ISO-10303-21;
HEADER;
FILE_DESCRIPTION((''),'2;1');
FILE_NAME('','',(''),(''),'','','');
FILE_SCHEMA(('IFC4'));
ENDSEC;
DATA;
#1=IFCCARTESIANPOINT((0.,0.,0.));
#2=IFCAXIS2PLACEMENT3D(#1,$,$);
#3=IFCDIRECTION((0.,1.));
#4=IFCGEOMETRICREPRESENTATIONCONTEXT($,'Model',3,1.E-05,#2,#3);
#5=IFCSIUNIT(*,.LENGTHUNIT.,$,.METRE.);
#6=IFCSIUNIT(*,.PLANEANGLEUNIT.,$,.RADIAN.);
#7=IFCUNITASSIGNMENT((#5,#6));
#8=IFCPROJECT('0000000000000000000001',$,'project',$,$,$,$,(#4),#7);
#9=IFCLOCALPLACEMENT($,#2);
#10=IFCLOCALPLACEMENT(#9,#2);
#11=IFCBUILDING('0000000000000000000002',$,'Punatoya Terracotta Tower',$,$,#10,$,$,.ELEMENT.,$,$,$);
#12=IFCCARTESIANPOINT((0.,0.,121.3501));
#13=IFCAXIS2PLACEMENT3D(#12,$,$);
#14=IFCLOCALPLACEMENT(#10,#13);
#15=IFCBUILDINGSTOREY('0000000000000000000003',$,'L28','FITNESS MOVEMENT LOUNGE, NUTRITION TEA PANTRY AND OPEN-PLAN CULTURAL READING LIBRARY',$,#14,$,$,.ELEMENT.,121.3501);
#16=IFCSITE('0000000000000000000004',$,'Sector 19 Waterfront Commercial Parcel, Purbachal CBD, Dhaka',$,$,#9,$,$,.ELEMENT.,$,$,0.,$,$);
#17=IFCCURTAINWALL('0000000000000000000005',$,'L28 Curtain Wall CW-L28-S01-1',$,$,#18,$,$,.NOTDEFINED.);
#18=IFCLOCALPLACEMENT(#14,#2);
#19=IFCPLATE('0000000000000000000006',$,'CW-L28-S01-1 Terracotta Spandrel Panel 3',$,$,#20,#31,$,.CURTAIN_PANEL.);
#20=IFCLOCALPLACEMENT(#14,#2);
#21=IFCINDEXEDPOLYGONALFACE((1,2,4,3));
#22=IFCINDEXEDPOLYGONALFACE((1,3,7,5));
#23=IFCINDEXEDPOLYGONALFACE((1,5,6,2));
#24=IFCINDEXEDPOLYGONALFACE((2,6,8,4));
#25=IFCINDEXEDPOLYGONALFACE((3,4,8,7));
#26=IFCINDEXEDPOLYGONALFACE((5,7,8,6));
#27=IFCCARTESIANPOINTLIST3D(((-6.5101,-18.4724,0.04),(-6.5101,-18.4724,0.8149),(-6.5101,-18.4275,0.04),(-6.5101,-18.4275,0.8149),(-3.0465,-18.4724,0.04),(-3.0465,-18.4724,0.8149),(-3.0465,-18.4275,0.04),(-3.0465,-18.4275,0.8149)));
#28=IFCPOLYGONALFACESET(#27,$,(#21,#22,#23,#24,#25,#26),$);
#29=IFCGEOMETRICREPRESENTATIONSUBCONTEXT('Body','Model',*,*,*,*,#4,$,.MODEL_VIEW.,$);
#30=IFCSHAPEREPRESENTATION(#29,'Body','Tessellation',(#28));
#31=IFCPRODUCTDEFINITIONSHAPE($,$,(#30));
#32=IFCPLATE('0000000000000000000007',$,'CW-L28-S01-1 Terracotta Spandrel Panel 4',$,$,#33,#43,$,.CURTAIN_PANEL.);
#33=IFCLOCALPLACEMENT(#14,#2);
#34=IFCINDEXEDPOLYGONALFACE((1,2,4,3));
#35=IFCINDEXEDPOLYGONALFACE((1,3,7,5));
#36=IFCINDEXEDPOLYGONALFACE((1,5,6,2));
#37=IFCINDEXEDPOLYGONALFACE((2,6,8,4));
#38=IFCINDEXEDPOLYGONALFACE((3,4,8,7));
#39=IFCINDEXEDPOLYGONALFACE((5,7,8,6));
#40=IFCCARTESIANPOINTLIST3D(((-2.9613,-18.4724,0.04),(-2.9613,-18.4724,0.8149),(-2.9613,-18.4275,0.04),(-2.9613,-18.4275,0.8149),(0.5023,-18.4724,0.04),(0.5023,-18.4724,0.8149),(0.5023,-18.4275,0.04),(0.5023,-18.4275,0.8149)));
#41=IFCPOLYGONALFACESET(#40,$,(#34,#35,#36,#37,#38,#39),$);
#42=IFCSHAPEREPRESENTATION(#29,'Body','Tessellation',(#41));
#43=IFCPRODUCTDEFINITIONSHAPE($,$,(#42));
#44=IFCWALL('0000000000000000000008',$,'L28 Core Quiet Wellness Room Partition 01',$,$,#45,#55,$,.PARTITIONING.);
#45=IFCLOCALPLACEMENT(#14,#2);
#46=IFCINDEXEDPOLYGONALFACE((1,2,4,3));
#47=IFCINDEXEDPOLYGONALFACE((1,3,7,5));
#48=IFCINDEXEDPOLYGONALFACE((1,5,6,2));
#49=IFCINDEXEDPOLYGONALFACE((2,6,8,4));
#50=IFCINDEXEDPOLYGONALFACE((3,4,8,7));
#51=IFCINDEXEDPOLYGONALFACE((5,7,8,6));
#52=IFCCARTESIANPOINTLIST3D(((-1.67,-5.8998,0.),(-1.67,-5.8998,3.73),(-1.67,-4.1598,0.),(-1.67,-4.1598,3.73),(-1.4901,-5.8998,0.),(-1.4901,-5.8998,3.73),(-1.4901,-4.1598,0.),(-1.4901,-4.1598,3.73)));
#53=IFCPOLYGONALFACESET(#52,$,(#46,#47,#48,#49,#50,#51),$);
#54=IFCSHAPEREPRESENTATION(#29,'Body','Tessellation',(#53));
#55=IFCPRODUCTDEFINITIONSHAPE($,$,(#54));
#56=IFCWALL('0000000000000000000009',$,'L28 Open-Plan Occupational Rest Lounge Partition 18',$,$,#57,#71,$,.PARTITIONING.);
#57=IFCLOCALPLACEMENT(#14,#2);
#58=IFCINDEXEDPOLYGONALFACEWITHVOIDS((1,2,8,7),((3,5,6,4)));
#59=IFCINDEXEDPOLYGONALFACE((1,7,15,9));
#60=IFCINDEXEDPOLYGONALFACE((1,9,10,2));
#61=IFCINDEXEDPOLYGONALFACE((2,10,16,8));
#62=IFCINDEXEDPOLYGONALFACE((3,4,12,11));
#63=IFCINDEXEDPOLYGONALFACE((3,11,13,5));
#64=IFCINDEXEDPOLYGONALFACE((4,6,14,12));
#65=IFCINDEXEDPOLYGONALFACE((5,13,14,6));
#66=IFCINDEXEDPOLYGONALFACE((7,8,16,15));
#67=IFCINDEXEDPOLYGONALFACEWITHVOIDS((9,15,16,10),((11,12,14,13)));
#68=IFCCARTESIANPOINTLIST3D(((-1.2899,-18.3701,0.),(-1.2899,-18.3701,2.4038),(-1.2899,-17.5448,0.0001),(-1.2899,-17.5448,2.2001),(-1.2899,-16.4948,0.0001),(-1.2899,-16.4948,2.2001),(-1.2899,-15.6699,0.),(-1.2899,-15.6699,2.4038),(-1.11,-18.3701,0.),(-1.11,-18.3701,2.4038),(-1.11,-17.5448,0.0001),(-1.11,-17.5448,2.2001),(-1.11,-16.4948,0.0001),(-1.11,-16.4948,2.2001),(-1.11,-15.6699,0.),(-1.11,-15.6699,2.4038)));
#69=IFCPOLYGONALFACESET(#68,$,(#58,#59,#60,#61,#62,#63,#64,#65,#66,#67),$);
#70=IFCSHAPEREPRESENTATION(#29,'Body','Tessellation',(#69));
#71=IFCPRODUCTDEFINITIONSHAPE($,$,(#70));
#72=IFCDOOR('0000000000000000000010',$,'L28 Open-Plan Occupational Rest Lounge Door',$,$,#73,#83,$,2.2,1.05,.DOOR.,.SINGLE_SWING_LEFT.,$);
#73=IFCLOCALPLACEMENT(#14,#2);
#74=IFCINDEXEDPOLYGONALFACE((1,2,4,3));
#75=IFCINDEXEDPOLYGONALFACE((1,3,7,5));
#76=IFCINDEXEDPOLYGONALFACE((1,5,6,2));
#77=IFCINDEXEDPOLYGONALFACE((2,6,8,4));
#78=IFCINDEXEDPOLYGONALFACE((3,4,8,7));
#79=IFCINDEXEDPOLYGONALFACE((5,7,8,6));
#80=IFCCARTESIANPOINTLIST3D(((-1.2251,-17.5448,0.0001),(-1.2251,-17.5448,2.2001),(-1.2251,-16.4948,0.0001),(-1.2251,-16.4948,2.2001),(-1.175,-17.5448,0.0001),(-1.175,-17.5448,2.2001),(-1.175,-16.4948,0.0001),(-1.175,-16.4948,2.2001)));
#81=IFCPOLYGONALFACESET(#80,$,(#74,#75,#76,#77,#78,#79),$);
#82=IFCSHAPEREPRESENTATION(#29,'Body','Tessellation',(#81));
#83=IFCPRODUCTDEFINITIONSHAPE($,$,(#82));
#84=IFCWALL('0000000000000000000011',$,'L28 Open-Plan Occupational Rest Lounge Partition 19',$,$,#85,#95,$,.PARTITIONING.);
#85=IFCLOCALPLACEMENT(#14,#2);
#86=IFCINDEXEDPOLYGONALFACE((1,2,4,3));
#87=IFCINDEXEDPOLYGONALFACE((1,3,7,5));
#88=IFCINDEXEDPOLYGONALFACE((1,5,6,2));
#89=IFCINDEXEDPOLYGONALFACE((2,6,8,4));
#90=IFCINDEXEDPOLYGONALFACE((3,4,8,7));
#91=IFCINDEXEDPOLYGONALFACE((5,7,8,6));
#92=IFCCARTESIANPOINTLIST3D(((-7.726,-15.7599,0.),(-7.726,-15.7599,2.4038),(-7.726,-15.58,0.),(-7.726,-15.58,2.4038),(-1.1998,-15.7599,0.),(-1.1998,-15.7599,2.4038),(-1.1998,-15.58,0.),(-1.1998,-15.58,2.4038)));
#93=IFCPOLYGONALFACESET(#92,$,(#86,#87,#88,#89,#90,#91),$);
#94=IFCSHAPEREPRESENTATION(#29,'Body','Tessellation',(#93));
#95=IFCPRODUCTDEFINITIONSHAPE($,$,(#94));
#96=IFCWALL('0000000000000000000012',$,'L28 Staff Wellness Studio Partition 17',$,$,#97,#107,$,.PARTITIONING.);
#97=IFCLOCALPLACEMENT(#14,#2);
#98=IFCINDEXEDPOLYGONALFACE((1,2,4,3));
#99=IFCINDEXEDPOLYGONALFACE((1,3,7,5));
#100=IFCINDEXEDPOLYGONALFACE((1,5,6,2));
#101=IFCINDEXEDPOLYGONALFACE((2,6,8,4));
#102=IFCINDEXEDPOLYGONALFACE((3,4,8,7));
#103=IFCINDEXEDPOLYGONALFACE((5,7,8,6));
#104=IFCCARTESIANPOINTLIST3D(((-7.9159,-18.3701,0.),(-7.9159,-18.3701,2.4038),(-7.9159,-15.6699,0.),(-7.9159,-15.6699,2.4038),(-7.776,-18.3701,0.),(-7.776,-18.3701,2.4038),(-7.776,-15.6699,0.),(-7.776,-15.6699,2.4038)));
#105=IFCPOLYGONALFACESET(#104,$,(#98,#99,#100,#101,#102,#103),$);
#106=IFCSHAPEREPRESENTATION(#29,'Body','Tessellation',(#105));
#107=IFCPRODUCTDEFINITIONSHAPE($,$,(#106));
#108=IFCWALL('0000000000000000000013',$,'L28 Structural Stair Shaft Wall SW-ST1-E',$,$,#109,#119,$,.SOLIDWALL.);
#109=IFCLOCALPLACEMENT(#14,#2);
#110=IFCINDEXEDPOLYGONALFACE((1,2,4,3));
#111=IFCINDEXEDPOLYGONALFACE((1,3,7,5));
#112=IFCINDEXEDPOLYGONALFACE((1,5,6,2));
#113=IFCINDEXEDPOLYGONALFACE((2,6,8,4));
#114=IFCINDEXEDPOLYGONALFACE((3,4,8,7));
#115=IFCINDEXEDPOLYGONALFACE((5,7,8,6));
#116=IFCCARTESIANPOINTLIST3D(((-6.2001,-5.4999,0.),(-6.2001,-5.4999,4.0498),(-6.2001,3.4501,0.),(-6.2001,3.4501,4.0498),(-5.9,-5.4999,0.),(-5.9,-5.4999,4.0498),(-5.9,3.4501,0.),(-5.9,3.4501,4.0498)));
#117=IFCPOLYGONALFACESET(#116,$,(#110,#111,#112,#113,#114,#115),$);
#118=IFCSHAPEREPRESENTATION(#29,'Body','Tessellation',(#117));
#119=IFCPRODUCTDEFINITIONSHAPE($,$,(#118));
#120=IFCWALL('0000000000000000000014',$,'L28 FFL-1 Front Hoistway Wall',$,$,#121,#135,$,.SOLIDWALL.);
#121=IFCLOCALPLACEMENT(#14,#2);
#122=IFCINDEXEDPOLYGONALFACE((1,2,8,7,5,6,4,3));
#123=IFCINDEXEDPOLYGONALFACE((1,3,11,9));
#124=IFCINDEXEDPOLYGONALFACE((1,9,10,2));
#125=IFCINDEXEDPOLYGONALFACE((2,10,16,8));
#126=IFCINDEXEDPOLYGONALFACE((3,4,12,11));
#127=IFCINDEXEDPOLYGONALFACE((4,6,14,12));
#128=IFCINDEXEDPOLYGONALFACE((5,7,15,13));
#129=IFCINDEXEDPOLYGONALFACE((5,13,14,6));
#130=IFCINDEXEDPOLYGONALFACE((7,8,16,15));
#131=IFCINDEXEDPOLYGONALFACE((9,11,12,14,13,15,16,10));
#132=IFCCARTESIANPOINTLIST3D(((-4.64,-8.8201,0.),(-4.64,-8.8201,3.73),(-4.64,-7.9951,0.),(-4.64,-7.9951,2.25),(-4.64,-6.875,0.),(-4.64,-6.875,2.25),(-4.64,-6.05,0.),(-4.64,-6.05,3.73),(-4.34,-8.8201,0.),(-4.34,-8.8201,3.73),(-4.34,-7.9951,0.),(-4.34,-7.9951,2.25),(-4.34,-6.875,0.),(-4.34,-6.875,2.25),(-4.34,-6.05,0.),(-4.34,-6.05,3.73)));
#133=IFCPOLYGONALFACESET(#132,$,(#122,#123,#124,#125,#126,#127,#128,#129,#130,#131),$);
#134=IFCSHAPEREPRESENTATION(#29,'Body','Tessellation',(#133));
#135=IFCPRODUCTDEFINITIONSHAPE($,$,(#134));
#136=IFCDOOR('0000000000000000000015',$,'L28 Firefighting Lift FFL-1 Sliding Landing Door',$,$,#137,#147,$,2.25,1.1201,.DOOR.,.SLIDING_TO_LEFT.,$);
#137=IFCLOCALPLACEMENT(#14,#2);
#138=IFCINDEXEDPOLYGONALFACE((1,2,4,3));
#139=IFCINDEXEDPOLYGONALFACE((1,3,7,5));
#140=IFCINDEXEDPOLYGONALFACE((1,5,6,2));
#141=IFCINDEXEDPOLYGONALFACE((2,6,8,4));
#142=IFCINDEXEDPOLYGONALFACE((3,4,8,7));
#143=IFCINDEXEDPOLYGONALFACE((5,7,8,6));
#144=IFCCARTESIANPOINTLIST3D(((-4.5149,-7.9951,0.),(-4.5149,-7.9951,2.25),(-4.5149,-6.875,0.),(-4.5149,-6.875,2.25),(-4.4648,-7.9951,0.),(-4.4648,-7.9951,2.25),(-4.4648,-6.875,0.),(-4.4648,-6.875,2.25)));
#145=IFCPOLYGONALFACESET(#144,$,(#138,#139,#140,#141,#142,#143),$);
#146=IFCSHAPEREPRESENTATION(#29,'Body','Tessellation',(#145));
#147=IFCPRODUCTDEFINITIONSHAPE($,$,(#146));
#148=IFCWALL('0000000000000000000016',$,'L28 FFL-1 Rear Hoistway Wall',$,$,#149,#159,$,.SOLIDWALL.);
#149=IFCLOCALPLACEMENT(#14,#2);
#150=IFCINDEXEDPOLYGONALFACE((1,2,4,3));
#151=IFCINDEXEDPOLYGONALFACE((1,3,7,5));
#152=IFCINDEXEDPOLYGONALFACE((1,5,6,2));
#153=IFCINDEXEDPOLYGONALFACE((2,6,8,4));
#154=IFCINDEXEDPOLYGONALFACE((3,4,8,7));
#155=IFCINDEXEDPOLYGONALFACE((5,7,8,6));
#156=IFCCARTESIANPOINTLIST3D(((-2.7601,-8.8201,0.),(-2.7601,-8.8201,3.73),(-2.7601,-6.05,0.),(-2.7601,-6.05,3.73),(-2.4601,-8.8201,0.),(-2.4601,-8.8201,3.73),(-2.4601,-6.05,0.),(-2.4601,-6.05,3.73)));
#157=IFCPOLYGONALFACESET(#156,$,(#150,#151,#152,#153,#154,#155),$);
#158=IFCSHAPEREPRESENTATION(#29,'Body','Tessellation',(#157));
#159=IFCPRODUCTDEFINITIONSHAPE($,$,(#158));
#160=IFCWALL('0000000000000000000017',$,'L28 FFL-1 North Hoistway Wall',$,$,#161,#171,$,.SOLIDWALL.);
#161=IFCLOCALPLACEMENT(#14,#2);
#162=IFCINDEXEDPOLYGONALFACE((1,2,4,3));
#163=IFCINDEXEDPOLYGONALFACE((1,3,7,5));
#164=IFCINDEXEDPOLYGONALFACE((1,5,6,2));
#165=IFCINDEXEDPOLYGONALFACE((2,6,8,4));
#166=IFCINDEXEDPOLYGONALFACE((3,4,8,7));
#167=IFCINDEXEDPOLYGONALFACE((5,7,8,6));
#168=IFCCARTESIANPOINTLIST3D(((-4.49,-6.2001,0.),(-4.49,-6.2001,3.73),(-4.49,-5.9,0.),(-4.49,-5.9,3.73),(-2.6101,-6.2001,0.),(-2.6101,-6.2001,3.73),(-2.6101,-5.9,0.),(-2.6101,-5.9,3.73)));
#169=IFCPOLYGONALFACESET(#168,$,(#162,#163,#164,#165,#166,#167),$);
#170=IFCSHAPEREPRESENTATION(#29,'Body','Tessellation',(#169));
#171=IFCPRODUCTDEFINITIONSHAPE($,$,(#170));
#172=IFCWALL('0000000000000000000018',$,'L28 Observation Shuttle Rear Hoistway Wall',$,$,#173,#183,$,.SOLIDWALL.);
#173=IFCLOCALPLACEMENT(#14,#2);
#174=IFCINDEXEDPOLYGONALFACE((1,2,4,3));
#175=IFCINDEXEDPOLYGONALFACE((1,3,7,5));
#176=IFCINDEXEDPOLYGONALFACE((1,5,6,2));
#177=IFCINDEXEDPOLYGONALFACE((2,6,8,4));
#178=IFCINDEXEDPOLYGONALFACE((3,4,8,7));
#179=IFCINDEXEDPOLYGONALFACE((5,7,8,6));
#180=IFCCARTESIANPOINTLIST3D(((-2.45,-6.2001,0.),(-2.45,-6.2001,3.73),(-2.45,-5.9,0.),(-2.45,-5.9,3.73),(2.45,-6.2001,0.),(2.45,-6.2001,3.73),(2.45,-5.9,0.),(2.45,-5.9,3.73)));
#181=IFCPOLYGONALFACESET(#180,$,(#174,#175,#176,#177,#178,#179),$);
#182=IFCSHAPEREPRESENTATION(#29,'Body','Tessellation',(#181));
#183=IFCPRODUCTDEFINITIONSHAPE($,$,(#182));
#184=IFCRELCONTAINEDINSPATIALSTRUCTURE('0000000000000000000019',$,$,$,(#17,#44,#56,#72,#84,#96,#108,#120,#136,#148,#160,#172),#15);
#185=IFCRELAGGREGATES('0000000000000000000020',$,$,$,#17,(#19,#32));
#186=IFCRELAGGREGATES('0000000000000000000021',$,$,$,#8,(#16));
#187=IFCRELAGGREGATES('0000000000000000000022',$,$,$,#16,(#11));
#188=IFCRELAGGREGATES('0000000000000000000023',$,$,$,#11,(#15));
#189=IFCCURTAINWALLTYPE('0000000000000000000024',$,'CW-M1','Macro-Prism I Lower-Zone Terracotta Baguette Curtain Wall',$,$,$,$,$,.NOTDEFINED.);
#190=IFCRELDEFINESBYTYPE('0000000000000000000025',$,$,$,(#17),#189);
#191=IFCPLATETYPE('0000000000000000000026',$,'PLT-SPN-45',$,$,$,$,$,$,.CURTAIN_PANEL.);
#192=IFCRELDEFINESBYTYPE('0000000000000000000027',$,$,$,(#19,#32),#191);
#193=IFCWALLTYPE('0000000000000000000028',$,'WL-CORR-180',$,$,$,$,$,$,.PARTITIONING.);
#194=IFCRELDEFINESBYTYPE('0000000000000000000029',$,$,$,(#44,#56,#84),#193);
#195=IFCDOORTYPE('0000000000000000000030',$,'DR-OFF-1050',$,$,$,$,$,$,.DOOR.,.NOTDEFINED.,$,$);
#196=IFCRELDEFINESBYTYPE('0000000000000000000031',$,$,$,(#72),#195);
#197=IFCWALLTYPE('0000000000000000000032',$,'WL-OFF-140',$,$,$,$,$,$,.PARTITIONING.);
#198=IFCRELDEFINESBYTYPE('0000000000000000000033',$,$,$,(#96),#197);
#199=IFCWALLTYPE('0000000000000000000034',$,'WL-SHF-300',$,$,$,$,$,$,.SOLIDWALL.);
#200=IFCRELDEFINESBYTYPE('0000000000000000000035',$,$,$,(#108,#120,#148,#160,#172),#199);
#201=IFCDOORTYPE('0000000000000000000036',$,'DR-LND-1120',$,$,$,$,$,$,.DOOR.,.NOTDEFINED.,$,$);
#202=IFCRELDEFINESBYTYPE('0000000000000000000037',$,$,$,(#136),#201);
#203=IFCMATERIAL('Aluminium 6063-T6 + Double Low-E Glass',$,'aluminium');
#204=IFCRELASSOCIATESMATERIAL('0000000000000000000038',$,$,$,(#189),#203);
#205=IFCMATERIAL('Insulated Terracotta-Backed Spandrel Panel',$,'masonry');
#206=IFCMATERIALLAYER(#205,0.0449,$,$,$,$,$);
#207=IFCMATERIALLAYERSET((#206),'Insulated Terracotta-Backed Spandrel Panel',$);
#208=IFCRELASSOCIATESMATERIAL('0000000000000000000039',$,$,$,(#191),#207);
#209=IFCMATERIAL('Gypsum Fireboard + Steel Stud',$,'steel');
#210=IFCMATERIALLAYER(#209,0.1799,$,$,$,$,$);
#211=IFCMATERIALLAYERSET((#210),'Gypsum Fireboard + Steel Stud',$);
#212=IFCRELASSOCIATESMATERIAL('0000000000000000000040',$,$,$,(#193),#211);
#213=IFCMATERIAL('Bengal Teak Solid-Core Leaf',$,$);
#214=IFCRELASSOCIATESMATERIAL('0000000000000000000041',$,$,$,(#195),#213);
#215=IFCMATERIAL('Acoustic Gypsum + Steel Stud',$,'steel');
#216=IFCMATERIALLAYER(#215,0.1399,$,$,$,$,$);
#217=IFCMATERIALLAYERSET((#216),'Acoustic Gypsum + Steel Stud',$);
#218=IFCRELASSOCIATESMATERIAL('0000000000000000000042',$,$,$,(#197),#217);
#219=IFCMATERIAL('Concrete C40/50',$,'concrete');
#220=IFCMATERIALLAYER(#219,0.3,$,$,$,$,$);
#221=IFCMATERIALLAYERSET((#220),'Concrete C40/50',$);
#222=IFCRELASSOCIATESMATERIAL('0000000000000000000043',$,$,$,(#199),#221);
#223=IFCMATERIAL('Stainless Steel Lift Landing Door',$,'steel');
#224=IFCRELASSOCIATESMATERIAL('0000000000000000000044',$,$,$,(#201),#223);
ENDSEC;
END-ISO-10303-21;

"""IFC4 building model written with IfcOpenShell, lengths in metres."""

from ifc_helpers import new_model, si_unit, direction, frame, frame_2d, origin, origin_2d, place, context, subcontext, project, spatial, rectangle, extrude, material, layer, layer_set, type_object, element, fill, aggregate, save


model = new_model("IFC4")

# Units and contexts
model_context = context("Model", 3, precision=1e-05, world=origin(), true_north=direction((0.0, 1.0)))
body_context = subcontext(model_context, "Body", "Model", "MODEL_VIEW")
ifc_project = project(units=[si_unit("LENGTHUNIT", "METRE"), si_unit("PLANEANGLEUNIT", "RADIAN")], contexts=[model_context])

# Site, building, storey
site_placement = place(None, origin())
site = spatial("IfcSite", under=ifc_project, at=site_placement, Name="Sector 19 Waterfront Commercial Parcel, Purbachal CBD, Dhaka", CompositionType="ELEMENT", RefElevation=0.0)
building_placement = place(site_placement, origin())
building = spatial("IfcBuilding", under=site, at=building_placement, Name="Punatoya Terracotta Tower", CompositionType="ELEMENT")
storey_placement = place(building_placement, frame((0.0, 0.0, 121.3501)))
storey = spatial("IfcBuildingStorey", under=building, at=storey_placement, Name="L28", Description="FITNESS MOVEMENT LOUNGE, NUTRITION TEA PANTRY AND OPEN-PLAN CULTURAL READING LIBRARY", CompositionType="ELEMENT", Elevation=121.3501)

# Curtain wall, plates
ifc_material_1 = material(Name="Aluminium 6063-T6 + Double Low-E Glass", Category="aluminium")
curtain_wall_type = type_object("IfcCurtainWallType", Name="CW-M1", Description="Macro-Prism I Lower-Zone Terracotta Baguette Curtain Wall", PredefinedType="NOTDEFINED", material=ifc_material_1)
curtain_wall_placement = place(storey_placement, origin())
curtain_wall = element("IfcCurtainWall", 1, at=curtain_wall_placement, inside=storey, type_object=curtain_wall_type, Name="L28 Curtain Wall CW-L28-S01-1", PredefinedType="NOTDEFINED")
ifc_material_2 = material(Name="Insulated Terracotta-Backed Spandrel Panel", Category="masonry")
ifc_layer_1 = layer(ifc_material_2, 0.0449)
ifc_layer_set_1 = layer_set([ifc_layer_1], Name="Insulated Terracotta-Backed Spandrel Panel")
plate_type_1 = type_object("IfcPlateType", Name="PLT-SPN-45", PredefinedType="CURTAIN_PANEL", material=ifc_layer_set_1)
plate_1_placement = place(storey_placement, frame((-4.7783, -18.45, 0.04), z_axis=(0.0, 0.0, 1.0), x_axis=(1.0, 0.0, 0.0)))
plate_1 = element("IfcPlate", 2, at=plate_1_placement, type_object=plate_type_1, Name="CW-L28-S01-1 Terracotta Spandrel Panel 3", PredefinedType="CURTAIN_PANEL", context=body_context, shape_type="SweptSolid", body=[
    extrude(rectangle(XDim=3.4636, YDim=0.0449, at=origin_2d()), origin(), (0.0, 0.0, 1.0), 0.7749),
])
plate_2_placement = place(storey_placement, frame((-1.2295, -18.45, 0.04), z_axis=(0.0, 0.0, 1.0), x_axis=(1.0, 0.0, 0.0)))
plate_2 = element("IfcPlate", 3, at=plate_2_placement, type_object=plate_type_1, Name="CW-L28-S01-1 Terracotta Spandrel Panel 4", PredefinedType="CURTAIN_PANEL", context=body_context, shape_type="SweptSolid", body=[
    extrude(rectangle(XDim=3.4636, YDim=0.0449, at=origin_2d()), origin(), (0.0, 0.0, 1.0), 0.7749),
])
aggregate(curtain_wall, [plate_1, plate_2])

# Wall
ifc_material_3 = material(Name="Gypsum Fireboard + Steel Stud", Category="steel")
ifc_layer_2 = layer(ifc_material_3, 0.1799)
ifc_layer_set_2 = layer_set([ifc_layer_2], Name="Gypsum Fireboard + Steel Stud")
wall_type_1 = type_object("IfcWallType", Name="WL-CORR-180", PredefinedType="PARTITIONING", material=ifc_layer_set_2)
wall_1_placement = place(storey_placement, frame((-1.5801, -5.8999, 0.0), z_axis=(0.0, 0.0, 1.0), x_axis=(0.0, 1.0, 0.0)))
element("IfcWall", 4, at=wall_1_placement, inside=storey, type_object=wall_type_1, Name="L28 Core Quiet Wellness Room Partition 01", PredefinedType="PARTITIONING", context=body_context, shape_type="SweptSolid", body=[
    extrude(rectangle(XDim=1.74, YDim=0.1799, at=frame_2d((0.8701, 0.0))), origin(), (0.0, 0.0, 1.0), 3.73),
])

# Wall, opening, door
wall_2_placement = place(storey_placement, frame((-1.2, -15.6699, 0.0), z_axis=(0.0, 0.0, 1.0), x_axis=(0.0, -1.0, 0.0)))
wall_2 = element("IfcWall", 5, at=wall_2_placement, inside=storey, type_object=wall_type_1, Name="L28 Open-Plan Occupational Rest Lounge Partition 18", PredefinedType="PARTITIONING", context=body_context, shape_type="SweptSolid", body=[
    extrude(rectangle(XDim=2.7002, YDim=0.1799, at=frame_2d((1.3501, 0.0))), origin(), (0.0, 0.0, 1.0), 2.4038),
])
opening_1_placement = place(wall_2_placement, frame((0.825, 0.0, 0.0)))
opening_1 = element("IfcOpeningElement", 6, at=opening_1_placement, cuts=wall_2, PredefinedType="OPENING", context=body_context, shape_type="SweptSolid", body=[
    extrude(rectangle(XDim=1.05, YDim=2.2, at=frame_2d((0.5249, 1.1001))), frame((0.0, 0.0999, 0.0), z_axis=(0.0, -1.0, 0.0), x_axis=(1.0, 0.0, 0.0)), (0.0, 0.0, 1.0), 0.2),
])
ifc_material_4 = material(Name="Bengal Teak Solid-Core Leaf")
door_type_1 = type_object("IfcDoorType", Name="DR-OFF-1050", OperationType="NOTDEFINED", PredefinedType="DOOR", material=ifc_material_4)
door_1_placement = place(opening_1_placement, origin())
door_1 = element("IfcDoor", 7, at=door_1_placement, inside=storey, type_object=door_type_1, Name="L28 Open-Plan Occupational Rest Lounge Door", OperationType="SINGLE_SWING_LEFT", OverallHeight=2.2, OverallWidth=1.05, PredefinedType="DOOR", context=body_context, shape_type="SweptSolid", body=[
    extrude(rectangle(XDim=1.05, YDim=2.2, at=frame_2d((0.5249, 1.1001))), frame((0.0, 0.0249, 0.0), z_axis=(0.0, -1.0, 0.0), x_axis=(1.0, 0.0, 0.0)), (0.0, 0.0, 1.0), 0.05),
])
fill(opening_1, door_1)

# Walls
wall_3_placement = place(storey_placement, frame((-7.7261, -15.6699, 0.0), z_axis=(0.0, 0.0, 1.0), x_axis=(1.0, 0.0, 0.0)))
element("IfcWall", 8, at=wall_3_placement, inside=storey, type_object=wall_type_1, Name="L28 Open-Plan Occupational Rest Lounge Partition 19", PredefinedType="PARTITIONING", context=body_context, shape_type="SweptSolid", body=[
    extrude(rectangle(XDim=6.5261, YDim=0.1799, at=frame_2d((3.2632, 0.0))), origin(), (0.0, 0.0, 1.0), 2.4038),
])
ifc_material_5 = material(Name="Acoustic Gypsum + Steel Stud", Category="steel")
ifc_layer_3 = layer(ifc_material_5, 0.1399)
ifc_layer_set_3 = layer_set([ifc_layer_3], Name="Acoustic Gypsum + Steel Stud")
wall_type_2 = type_object("IfcWallType", Name="WL-OFF-140", PredefinedType="PARTITIONING", material=ifc_layer_set_3)
wall_4_placement = place(storey_placement, frame((-7.8459, -15.6699, 0.0), z_axis=(0.0, 0.0, 1.0), x_axis=(0.0, -1.0, 0.0)))
element("IfcWall", 9, at=wall_4_placement, inside=storey, type_object=wall_type_2, Name="L28 Staff Wellness Studio Partition 17", PredefinedType="PARTITIONING", context=body_context, shape_type="SweptSolid", body=[
    extrude(rectangle(XDim=2.7002, YDim=0.1399, at=frame_2d((1.3501, 0.0))), origin(), (0.0, 0.0, 1.0), 2.4038),
])
ifc_material_6 = material(Name="Concrete C40/50", Category="concrete")
ifc_layer_4 = layer(ifc_material_6, 0.3)
ifc_layer_set_4 = layer_set([ifc_layer_4], Name="Concrete C40/50")
wall_type_3 = type_object("IfcWallType", Name="WL-SHF-300", PredefinedType="SOLIDWALL", material=ifc_layer_set_4)
wall_5_placement = place(storey_placement, frame((-6.05, -5.5, 0.0), z_axis=(0.0, 0.0, 1.0), x_axis=(0.0, 1.0, 0.0)))
element("IfcWall", 10, at=wall_5_placement, inside=storey, type_object=wall_type_3, Name="L28 Structural Stair Shaft Wall SW-ST1-E", PredefinedType="SOLIDWALL", context=body_context, shape_type="SweptSolid", body=[
    extrude(rectangle(XDim=8.95, YDim=0.3, at=frame_2d((4.4751, 0.0))), origin(), (0.0, 0.0, 1.0), 4.0498),
])

# Wall, opening, door
wall_6_placement = place(storey_placement, frame((-4.49, -8.8201, 0.0), z_axis=(0.0, 0.0, 1.0), x_axis=(0.0, 1.0, 0.0)))
wall_6 = element("IfcWall", 11, at=wall_6_placement, inside=storey, type_object=wall_type_3, Name="L28 FFL-1 Front Hoistway Wall", PredefinedType="SOLIDWALL", context=body_context, shape_type="SweptSolid", body=[
    extrude(rectangle(XDim=2.77, YDim=0.3, at=frame_2d((1.385, 0.0))), origin(), (0.0, 0.0, 1.0), 3.73),
])
opening_2_placement = place(wall_6_placement, frame((0.825, 0.0, 0.0)))
opening_2 = element("IfcOpeningElement", 12, at=opening_2_placement, cuts=wall_6, PredefinedType="OPENING", context=body_context, shape_type="SweptSolid", body=[
    extrude(rectangle(XDim=1.1201, YDim=2.25, at=frame_2d((0.5601, 1.125))), frame((0.0, 0.1599, 0.0), z_axis=(0.0, -1.0, 0.0), x_axis=(1.0, 0.0, 0.0)), (0.0, 0.0, 1.0), 0.3201),
])
ifc_material_7 = material(Name="Stainless Steel Lift Landing Door", Category="steel")
door_type_2 = type_object("IfcDoorType", Name="DR-LND-1120", OperationType="NOTDEFINED", PredefinedType="DOOR", material=ifc_material_7)
door_2_placement = place(opening_2_placement, origin())
door_2 = element("IfcDoor", 13, at=door_2_placement, inside=storey, type_object=door_type_2, Name="L28 Firefighting Lift FFL-1 Sliding Landing Door", OperationType="SLIDING_TO_LEFT", OverallHeight=2.25, OverallWidth=1.1201, PredefinedType="DOOR", context=body_context, shape_type="SweptSolid", body=[
    extrude(rectangle(XDim=1.1201, YDim=2.25, at=frame_2d((0.5601, 1.125))), frame((0.0, 0.0249, 0.0), z_axis=(0.0, -1.0, 0.0), x_axis=(1.0, 0.0, 0.0)), (0.0, 0.0, 1.0), 0.05),
])
fill(opening_2, door_2)

# Walls
wall_7_placement = place(storey_placement, frame((-2.6101, -8.8201, 0.0), z_axis=(0.0, 0.0, 1.0), x_axis=(0.0, 1.0, 0.0)))
element("IfcWall", 14, at=wall_7_placement, inside=storey, type_object=wall_type_3, Name="L28 FFL-1 Rear Hoistway Wall", PredefinedType="SOLIDWALL", context=body_context, shape_type="SweptSolid", body=[
    extrude(rectangle(XDim=2.77, YDim=0.3, at=frame_2d((1.385, 0.0))), origin(), (0.0, 0.0, 1.0), 3.73),
])
wall_8_placement = place(storey_placement, frame((-4.49, -6.05, 0.0), z_axis=(0.0, 0.0, 1.0), x_axis=(1.0, 0.0, 0.0)))
element("IfcWall", 15, at=wall_8_placement, inside=storey, type_object=wall_type_3, Name="L28 FFL-1 North Hoistway Wall", PredefinedType="SOLIDWALL", context=body_context, shape_type="SweptSolid", body=[
    extrude(rectangle(XDim=1.8799, YDim=0.3, at=frame_2d((0.9399, 0.0))), origin(), (0.0, 0.0, 1.0), 3.73),
])
wall_9_placement = place(storey_placement, frame((-2.45, -6.05, 0.0), z_axis=(0.0, 0.0, 1.0), x_axis=(1.0, 0.0, 0.0)))
element("IfcWall", 16, at=wall_9_placement, inside=storey, type_object=wall_type_3, Name="L28 Observation Shuttle Rear Hoistway Wall", PredefinedType="SOLIDWALL", context=body_context, shape_type="SweptSolid", body=[
    extrude(rectangle(XDim=4.8999, YDim=0.3, at=frame_2d((2.45, 0.0))), origin(), (0.0, 0.0, 1.0), 3.73),
])

save(model, "model.ifc")
